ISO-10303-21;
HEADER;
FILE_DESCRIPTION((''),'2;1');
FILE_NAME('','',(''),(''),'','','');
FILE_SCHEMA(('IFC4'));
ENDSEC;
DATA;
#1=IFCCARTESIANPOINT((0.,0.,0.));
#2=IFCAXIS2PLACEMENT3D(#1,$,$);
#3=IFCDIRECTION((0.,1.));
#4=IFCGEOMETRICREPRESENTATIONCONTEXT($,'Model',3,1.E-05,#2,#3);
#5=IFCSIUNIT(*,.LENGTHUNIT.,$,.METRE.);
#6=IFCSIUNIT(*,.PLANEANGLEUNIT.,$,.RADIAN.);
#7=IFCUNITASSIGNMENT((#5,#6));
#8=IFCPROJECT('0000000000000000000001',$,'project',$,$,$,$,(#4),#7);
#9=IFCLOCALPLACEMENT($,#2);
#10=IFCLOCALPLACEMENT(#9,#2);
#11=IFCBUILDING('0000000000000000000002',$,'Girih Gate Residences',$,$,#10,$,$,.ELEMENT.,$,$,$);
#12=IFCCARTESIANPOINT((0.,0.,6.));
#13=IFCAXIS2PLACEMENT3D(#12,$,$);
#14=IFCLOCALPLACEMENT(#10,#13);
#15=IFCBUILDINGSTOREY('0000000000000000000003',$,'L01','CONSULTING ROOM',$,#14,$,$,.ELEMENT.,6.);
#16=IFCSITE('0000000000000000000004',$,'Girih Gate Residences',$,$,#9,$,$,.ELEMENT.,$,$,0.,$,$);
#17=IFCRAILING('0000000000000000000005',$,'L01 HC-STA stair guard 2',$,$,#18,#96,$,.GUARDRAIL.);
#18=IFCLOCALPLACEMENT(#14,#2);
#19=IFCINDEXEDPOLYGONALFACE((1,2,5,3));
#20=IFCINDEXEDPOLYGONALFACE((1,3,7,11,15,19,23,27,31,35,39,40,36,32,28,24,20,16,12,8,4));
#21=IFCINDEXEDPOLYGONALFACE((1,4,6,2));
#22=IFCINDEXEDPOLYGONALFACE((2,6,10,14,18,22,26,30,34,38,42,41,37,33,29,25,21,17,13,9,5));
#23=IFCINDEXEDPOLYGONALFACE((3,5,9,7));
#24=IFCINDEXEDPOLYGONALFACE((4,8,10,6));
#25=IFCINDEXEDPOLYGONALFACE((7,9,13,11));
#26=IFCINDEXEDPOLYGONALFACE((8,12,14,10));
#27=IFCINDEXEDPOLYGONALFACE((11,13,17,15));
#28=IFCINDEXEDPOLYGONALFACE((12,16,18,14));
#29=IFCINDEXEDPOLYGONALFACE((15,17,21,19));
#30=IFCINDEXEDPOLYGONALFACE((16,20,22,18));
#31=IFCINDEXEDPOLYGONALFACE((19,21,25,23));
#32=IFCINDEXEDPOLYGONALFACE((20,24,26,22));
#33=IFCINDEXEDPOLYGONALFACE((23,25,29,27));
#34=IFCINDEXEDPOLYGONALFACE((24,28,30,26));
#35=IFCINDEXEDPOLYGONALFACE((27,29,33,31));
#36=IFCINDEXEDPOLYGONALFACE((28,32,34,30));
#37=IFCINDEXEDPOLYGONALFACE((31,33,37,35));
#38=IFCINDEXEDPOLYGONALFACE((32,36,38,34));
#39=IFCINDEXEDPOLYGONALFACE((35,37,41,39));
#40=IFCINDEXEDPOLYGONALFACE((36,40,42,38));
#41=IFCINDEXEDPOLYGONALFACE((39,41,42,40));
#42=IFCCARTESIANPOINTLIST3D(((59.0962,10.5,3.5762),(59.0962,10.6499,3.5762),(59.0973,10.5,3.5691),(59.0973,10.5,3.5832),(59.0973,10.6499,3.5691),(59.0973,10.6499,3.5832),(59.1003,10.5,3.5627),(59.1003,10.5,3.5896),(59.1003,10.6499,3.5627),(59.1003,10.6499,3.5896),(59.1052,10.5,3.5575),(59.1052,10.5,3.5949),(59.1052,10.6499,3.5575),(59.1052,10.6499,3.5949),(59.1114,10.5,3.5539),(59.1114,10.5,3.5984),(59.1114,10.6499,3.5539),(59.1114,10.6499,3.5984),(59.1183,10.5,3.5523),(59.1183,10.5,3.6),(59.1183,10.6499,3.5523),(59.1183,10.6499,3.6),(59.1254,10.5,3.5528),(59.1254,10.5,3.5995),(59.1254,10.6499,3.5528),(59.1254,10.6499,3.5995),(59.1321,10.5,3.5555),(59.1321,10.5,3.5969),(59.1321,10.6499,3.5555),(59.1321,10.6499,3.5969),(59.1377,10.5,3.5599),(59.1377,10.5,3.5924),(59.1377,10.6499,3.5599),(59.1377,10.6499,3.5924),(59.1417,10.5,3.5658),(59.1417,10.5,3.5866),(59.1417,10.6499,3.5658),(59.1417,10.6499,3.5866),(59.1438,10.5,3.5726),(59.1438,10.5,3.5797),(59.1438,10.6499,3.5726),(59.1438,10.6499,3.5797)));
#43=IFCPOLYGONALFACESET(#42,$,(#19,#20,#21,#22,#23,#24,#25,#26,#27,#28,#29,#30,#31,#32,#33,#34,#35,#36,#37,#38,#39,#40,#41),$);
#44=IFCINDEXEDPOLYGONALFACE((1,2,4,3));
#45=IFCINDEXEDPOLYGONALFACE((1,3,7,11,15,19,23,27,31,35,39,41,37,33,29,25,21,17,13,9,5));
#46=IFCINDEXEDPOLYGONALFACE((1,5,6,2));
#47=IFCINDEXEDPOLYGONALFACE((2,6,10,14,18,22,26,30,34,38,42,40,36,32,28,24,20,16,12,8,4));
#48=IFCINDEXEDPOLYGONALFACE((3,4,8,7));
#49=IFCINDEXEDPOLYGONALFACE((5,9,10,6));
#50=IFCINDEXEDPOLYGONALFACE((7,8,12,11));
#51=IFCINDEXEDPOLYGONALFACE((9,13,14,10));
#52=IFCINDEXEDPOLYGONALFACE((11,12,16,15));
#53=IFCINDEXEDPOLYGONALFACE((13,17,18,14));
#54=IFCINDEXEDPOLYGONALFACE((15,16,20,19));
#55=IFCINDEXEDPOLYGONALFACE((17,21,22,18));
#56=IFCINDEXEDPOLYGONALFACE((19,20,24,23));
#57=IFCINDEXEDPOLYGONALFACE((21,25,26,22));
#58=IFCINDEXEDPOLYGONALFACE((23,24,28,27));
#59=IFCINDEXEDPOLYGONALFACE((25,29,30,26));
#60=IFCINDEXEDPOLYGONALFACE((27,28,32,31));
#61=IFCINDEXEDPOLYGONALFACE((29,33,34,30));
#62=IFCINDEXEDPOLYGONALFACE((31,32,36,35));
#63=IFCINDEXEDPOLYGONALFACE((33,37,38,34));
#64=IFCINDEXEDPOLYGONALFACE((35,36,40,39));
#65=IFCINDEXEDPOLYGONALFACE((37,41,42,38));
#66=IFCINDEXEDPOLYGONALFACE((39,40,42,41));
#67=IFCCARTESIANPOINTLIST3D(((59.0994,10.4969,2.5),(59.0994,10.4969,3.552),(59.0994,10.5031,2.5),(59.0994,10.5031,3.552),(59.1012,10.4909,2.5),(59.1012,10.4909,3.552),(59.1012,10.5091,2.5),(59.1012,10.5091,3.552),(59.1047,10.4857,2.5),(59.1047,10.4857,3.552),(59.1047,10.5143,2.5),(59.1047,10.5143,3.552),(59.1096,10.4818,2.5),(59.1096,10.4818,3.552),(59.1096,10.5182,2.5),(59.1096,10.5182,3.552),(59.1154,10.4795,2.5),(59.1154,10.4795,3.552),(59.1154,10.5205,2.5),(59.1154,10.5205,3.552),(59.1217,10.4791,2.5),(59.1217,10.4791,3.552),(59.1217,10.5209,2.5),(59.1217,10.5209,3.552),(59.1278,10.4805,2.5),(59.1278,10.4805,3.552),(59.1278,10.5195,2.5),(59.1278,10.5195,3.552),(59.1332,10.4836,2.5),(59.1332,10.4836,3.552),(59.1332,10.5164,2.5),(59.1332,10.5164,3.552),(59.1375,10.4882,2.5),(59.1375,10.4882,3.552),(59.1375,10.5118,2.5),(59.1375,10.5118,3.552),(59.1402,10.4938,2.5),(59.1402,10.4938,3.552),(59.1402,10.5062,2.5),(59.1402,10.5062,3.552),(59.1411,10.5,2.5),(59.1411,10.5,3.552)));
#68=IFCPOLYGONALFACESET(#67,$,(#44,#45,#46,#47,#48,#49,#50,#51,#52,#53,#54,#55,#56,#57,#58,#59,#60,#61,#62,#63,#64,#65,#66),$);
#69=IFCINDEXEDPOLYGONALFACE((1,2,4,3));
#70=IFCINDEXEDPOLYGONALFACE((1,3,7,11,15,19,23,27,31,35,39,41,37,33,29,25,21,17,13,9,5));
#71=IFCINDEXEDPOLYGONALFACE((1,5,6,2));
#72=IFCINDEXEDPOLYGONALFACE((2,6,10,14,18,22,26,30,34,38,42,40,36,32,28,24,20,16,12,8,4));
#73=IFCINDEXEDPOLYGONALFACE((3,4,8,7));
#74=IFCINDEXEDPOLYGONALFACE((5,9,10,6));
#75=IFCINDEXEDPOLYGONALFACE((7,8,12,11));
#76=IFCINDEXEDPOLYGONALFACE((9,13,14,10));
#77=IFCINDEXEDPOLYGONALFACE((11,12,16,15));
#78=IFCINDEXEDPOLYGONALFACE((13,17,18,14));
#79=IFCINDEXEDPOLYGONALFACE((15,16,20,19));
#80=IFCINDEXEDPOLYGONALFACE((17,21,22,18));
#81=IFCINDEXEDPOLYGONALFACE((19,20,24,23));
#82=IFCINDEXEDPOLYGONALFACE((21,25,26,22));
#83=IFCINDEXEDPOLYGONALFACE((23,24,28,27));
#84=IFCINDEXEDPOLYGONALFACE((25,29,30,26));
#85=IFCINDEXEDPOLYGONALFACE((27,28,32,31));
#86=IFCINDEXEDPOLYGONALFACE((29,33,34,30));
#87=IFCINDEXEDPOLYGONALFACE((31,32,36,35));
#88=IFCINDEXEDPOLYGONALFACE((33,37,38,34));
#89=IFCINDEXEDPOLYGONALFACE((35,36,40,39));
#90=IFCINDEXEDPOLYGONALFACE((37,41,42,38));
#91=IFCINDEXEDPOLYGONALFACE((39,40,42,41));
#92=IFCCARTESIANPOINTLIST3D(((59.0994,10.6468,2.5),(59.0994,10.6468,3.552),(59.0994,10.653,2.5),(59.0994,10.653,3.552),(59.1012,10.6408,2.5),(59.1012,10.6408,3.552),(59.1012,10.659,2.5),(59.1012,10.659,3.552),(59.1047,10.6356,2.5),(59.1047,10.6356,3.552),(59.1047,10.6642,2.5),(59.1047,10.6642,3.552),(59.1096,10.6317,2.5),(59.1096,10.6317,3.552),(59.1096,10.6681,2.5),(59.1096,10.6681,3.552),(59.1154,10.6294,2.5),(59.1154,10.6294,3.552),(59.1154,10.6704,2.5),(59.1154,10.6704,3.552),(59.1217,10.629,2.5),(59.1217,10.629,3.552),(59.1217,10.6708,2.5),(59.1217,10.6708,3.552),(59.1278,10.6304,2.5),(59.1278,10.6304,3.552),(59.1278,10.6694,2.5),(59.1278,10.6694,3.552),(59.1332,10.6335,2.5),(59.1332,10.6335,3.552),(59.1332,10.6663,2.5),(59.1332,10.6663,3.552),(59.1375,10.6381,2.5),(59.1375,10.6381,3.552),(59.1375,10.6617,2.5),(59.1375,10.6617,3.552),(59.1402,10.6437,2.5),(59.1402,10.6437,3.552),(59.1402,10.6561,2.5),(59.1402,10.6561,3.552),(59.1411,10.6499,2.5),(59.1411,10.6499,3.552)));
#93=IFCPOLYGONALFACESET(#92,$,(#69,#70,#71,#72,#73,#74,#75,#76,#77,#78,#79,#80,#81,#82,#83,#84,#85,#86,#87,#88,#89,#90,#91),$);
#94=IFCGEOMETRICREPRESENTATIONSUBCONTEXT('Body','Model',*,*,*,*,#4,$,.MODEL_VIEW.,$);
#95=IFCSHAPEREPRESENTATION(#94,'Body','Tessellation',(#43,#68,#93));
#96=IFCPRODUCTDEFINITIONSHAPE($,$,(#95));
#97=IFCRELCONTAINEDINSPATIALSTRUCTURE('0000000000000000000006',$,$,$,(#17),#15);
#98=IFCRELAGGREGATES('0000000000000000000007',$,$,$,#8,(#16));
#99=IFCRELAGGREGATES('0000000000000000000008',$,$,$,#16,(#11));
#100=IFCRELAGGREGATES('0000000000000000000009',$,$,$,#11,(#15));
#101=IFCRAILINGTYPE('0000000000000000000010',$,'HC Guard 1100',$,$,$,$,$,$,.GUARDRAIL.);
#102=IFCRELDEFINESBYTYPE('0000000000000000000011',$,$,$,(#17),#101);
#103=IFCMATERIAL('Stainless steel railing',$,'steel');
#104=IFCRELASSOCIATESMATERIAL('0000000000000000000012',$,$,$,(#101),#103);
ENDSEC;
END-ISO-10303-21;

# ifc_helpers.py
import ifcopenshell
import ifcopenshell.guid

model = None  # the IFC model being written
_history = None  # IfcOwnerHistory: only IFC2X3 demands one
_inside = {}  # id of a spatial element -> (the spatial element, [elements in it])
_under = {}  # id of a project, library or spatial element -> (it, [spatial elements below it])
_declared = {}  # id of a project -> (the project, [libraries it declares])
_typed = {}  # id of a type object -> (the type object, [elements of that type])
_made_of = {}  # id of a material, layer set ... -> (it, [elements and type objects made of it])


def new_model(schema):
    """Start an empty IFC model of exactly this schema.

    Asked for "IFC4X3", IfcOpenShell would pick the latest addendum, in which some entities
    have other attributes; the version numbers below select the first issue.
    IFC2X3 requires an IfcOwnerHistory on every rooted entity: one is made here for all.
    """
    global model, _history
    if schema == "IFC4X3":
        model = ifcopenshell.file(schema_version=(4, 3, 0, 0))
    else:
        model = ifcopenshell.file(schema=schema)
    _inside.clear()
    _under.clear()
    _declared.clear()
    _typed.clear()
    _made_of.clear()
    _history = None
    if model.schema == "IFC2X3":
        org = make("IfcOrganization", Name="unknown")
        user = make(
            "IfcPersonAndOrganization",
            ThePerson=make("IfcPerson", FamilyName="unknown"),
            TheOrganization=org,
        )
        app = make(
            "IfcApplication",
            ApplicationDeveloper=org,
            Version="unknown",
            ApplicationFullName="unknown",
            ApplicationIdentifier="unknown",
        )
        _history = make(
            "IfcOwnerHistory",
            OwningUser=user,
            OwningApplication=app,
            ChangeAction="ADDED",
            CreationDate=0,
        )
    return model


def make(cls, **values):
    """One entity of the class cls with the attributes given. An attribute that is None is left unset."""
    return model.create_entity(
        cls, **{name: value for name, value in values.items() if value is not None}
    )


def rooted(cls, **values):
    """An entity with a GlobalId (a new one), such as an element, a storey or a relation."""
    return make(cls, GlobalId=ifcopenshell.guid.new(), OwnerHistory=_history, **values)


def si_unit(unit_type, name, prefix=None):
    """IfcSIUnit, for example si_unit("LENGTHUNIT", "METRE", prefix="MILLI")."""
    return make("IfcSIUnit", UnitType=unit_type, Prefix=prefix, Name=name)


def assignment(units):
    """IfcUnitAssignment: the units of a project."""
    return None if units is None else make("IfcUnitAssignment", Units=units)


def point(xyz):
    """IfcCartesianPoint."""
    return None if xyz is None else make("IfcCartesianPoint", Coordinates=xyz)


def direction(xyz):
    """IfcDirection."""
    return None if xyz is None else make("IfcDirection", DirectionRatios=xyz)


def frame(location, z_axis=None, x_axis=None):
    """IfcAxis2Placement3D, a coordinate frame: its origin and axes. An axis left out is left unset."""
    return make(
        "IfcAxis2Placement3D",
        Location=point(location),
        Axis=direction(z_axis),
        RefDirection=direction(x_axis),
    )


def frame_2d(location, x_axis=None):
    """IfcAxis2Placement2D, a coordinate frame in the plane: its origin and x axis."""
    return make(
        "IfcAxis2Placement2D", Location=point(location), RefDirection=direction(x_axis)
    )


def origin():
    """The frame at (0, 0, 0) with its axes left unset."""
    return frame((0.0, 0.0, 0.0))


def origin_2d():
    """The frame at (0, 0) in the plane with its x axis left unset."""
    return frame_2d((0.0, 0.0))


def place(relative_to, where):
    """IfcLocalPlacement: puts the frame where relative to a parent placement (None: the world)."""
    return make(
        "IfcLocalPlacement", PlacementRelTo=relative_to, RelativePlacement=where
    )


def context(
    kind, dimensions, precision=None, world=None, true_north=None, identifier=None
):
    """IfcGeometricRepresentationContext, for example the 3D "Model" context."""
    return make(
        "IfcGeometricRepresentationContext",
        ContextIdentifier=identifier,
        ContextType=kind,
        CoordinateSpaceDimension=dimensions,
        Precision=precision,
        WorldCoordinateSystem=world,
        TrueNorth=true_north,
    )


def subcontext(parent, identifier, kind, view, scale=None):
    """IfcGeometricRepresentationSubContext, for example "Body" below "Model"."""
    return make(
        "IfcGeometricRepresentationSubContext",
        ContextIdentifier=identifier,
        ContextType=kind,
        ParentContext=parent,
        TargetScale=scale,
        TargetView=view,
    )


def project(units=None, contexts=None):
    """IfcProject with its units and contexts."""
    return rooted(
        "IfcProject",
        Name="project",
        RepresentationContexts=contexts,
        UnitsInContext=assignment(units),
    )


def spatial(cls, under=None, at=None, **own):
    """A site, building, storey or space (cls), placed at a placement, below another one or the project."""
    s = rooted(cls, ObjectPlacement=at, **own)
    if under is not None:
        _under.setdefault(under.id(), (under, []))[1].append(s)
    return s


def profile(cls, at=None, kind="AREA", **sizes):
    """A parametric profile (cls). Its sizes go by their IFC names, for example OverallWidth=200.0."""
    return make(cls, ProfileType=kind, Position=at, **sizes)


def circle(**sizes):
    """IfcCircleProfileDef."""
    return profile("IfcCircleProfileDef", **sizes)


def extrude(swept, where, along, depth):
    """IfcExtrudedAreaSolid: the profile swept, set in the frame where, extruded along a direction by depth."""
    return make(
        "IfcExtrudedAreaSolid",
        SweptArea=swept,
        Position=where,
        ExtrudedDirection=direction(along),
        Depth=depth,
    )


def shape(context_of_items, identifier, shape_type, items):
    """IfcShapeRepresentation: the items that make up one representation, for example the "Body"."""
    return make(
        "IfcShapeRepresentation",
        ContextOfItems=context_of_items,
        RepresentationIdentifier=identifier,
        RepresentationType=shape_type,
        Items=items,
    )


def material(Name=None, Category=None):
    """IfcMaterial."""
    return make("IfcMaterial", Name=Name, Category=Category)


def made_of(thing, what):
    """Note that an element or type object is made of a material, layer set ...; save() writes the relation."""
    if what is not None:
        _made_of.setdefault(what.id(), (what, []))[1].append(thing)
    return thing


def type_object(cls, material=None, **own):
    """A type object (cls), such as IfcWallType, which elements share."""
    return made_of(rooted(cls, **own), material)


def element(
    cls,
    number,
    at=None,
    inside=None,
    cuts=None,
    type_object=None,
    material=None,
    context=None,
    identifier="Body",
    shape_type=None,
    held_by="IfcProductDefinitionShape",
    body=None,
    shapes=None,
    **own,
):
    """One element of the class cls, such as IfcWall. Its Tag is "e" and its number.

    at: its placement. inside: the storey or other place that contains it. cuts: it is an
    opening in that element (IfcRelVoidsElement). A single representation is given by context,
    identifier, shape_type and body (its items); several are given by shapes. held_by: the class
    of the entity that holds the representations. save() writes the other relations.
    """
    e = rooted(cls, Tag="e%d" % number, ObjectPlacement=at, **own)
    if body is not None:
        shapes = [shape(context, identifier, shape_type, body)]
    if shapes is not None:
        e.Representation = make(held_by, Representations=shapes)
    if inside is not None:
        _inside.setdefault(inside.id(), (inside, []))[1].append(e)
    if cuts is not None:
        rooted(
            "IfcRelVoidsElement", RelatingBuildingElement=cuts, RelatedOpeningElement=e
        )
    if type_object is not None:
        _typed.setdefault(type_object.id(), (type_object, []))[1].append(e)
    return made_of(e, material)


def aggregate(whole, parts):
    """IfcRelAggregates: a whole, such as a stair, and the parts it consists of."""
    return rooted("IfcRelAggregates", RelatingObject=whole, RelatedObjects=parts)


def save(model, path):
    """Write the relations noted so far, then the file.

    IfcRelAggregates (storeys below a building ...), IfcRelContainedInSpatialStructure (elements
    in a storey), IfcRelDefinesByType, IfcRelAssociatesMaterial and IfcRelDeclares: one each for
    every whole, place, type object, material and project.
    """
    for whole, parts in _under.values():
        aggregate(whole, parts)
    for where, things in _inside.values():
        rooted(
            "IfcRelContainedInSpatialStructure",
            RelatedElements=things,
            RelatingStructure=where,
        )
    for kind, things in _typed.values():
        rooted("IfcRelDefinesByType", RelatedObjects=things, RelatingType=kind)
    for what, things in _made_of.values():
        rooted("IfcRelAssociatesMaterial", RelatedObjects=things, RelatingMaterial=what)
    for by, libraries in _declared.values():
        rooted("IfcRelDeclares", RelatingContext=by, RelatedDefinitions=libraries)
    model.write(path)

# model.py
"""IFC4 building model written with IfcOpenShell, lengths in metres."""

from ifc_helpers import new_model, si_unit, direction, frame, origin, origin_2d, place, context, subcontext, project, spatial, circle, extrude, material, type_object, element, save


model = new_model("IFC4")

# Units and contexts
model_context = context("Model", 3, precision=1e-05, world=origin(), true_north=direction((0.0, 1.0)))
body_context = subcontext(model_context, "Body", "Model", "MODEL_VIEW")
ifc_project = project(units=[si_unit("LENGTHUNIT", "METRE"), si_unit("PLANEANGLEUNIT", "RADIAN")], contexts=[model_context])

# Site, building, storey
site_placement = place(None, origin())
site = spatial("IfcSite", under=ifc_project, at=site_placement, Name="Girih Gate Residences", CompositionType="ELEMENT", RefElevation=0.0)
building_placement = place(site_placement, origin())
building = spatial("IfcBuilding", under=site, at=building_placement, Name="Girih Gate Residences", CompositionType="ELEMENT")
storey_placement = place(building_placement, frame((0.0, 0.0, 6.0)))
storey = spatial("IfcBuildingStorey", under=building, at=storey_placement, Name="L01", Description="CONSULTING ROOM", CompositionType="ELEMENT", Elevation=6.0)

# Railing
ifc_material_1 = material(Name="Stainless steel railing", Category="steel")
railing_type_1 = type_object("IfcRailingType", Name="HC Guard 1100", PredefinedType="GUARDRAIL", material=ifc_material_1)
railing_1_placement = place(storey_placement, frame((59.1201, 10.5, 2.5)))
element("IfcRailing", 1, at=railing_1_placement, inside=storey, type_object=railing_type_1, Name="L01 HC-STA stair guard 2", PredefinedType="GUARDRAIL", context=body_context, shape_type="SweptSolid", body=[
    extrude(circle(Radius=0.0239, at=origin_2d()), frame((0.0, 0.0, 1.0762), z_axis=(0.0, 1.0, 0.0), x_axis=(-1.0, 0.0, 0.0)), (0.0, 0.0, 1.0), 0.1499),
    extrude(circle(Radius=0.021, at=origin_2d()), origin(), (0.0, 0.0, 1.0), 1.052),
    extrude(circle(Radius=0.021, at=origin_2d()), frame((0.0, 0.1499, 0.0)), (0.0, 0.0, 1.0), 1.052),
])

save(model, "model.ifc")
